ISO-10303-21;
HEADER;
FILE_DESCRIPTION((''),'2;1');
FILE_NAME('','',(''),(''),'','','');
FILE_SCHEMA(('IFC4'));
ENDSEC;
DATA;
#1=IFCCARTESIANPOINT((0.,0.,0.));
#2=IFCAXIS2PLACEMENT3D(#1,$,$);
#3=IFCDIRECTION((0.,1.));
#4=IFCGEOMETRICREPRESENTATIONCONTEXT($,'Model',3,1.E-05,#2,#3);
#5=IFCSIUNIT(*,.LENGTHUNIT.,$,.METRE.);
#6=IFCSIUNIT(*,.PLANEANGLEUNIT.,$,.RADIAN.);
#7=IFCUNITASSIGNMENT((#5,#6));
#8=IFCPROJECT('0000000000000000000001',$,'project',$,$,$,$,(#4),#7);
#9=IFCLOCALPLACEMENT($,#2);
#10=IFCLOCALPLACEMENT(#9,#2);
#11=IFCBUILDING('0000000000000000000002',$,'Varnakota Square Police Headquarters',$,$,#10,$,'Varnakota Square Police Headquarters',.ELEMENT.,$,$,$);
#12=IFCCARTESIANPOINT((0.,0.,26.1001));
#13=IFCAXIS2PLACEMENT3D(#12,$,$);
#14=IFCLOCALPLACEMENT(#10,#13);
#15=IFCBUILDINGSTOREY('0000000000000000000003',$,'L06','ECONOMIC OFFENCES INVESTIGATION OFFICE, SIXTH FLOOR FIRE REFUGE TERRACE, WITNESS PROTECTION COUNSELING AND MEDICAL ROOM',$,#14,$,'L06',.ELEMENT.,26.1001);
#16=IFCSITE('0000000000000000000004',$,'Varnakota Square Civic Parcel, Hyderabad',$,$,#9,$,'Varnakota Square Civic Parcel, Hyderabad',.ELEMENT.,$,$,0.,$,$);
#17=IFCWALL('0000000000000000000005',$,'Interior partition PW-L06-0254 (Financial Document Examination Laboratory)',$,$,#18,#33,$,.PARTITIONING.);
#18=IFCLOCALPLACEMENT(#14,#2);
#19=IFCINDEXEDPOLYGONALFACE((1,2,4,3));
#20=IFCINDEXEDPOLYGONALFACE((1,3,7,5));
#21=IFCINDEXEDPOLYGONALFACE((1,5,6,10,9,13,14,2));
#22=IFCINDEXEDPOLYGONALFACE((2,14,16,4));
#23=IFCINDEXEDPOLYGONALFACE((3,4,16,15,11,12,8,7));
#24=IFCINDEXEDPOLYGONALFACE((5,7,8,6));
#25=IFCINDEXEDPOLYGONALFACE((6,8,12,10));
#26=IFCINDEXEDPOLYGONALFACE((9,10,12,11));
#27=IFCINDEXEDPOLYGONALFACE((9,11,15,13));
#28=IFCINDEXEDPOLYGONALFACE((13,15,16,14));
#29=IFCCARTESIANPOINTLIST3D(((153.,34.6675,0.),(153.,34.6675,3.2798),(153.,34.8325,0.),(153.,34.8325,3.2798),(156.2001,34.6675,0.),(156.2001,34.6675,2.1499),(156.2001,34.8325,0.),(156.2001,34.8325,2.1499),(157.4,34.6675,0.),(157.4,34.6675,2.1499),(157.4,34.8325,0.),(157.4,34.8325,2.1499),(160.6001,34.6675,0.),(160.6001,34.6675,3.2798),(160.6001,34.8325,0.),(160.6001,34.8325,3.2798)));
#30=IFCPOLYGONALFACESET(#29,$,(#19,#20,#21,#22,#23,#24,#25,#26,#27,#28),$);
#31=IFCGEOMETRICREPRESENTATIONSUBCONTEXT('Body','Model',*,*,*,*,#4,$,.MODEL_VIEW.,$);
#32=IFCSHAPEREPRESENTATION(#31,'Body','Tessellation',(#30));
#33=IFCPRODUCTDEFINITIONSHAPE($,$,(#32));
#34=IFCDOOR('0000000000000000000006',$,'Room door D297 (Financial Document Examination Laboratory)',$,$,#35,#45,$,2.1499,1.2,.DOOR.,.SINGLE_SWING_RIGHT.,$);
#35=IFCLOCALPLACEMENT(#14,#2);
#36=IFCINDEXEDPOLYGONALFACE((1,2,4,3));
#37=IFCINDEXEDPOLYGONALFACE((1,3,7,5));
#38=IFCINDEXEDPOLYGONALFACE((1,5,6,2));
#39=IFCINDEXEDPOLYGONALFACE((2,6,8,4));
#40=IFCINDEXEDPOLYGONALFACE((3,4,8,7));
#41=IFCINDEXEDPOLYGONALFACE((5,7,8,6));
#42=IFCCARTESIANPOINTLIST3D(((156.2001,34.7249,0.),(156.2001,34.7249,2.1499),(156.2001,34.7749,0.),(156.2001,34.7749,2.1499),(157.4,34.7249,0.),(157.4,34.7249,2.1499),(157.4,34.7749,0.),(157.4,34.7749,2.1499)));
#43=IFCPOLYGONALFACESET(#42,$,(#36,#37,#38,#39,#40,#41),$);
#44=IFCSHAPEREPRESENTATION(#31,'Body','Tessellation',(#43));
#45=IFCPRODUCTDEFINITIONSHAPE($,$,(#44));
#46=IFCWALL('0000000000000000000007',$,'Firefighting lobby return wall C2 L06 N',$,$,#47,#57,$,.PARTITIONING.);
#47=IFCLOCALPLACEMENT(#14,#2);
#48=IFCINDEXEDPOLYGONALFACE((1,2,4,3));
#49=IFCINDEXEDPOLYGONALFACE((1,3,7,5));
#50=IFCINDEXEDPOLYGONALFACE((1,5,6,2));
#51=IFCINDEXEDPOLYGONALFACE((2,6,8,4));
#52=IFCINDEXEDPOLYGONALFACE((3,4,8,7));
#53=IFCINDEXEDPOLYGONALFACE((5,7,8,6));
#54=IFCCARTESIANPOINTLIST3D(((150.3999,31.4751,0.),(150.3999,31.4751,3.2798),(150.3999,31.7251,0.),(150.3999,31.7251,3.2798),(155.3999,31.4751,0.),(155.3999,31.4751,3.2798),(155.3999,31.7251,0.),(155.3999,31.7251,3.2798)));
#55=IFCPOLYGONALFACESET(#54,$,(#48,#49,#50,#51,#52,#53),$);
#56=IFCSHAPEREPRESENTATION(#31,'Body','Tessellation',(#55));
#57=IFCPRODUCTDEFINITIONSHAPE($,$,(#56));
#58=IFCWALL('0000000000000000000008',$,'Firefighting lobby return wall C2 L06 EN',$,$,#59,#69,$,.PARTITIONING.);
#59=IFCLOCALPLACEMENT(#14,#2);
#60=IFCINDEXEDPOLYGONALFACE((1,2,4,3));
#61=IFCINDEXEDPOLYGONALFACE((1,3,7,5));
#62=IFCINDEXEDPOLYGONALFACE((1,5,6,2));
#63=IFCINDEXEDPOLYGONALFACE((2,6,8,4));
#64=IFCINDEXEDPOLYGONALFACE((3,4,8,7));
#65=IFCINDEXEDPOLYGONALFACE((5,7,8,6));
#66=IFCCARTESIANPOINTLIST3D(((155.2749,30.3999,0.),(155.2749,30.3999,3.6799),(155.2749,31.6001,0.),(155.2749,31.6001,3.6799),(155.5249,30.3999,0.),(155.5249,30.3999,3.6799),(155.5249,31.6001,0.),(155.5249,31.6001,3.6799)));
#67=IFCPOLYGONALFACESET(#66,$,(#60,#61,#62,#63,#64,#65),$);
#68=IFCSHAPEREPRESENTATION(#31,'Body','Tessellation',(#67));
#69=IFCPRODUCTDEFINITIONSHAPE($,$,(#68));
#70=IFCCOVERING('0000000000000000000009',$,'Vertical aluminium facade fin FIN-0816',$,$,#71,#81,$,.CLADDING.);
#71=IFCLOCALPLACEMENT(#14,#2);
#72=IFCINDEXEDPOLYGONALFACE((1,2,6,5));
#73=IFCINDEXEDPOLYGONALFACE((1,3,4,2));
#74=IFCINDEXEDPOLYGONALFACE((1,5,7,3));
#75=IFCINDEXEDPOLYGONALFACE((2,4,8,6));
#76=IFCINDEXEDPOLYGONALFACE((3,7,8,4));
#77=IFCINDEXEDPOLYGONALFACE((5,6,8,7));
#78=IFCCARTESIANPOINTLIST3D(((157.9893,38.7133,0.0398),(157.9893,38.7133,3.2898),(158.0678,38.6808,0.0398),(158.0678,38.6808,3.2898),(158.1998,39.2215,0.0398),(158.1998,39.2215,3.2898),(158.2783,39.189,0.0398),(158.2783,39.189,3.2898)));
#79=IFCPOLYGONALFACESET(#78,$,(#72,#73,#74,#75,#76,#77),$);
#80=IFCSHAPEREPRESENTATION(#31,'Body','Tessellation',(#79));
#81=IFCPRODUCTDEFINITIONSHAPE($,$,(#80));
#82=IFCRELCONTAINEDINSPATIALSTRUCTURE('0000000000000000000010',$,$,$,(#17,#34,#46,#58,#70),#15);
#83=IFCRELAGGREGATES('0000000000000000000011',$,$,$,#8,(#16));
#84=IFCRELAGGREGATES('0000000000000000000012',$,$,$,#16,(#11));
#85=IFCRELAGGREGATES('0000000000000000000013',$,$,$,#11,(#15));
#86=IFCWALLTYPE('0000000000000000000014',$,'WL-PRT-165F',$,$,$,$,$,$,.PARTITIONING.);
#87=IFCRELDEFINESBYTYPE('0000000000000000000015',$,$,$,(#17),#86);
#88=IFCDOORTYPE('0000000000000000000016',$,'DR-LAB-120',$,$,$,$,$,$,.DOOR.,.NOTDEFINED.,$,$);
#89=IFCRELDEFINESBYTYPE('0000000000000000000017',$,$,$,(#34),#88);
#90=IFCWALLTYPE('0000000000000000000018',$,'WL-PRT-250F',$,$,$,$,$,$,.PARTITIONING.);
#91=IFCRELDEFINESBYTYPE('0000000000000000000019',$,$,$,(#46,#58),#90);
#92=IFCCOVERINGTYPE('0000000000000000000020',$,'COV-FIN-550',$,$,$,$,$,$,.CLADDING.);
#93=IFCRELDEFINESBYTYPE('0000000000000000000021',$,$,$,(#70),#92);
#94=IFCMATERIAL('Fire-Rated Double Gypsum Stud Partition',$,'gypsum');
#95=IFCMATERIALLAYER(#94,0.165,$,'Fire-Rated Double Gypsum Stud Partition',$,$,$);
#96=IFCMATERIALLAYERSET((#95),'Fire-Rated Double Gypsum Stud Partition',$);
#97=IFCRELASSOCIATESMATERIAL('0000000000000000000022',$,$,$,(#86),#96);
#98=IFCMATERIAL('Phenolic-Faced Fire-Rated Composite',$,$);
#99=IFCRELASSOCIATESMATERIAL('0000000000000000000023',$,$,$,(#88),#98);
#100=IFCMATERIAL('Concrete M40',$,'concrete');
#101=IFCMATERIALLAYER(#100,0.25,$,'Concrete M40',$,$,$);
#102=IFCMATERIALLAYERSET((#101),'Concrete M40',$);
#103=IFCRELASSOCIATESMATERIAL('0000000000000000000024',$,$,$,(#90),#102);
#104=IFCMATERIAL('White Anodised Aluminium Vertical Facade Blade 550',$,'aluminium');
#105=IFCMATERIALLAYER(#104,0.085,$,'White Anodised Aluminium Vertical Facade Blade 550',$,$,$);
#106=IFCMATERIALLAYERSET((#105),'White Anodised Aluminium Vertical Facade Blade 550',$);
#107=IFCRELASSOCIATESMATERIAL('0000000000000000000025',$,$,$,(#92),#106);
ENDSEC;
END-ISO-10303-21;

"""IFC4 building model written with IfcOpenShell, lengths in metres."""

from ifc_helpers import new_model, si_unit, direction, frame, frame_2d, origin, origin_2d, place, context, subcontext, project, spatial, rectangle, extrude, material, layer, layer_set, type_object, element, fill, save


model = new_model("IFC4")

# Units and contexts
model_context = context("Model", 3, precision=1e-05, world=origin(), true_north=direction((0.0, 1.0)))
body_context = subcontext(model_context, "Body", "Model", "MODEL_VIEW")
ifc_project = project(units=[si_unit("LENGTHUNIT", "METRE"), si_unit("PLANEANGLEUNIT", "RADIAN")], contexts=[model_context])

# Site, building, storey
site_placement = place(None, origin())
site = spatial("IfcSite", under=ifc_project, at=site_placement, Name="Varnakota Square Civic Parcel, Hyderabad", LongName="Varnakota Square Civic Parcel, Hyderabad", CompositionType="ELEMENT", RefElevation=0.0)
building_placement = place(site_placement, origin())
building = spatial("IfcBuilding", under=site, at=building_placement, Name="Varnakota Square Police Headquarters", LongName="Varnakota Square Police Headquarters", CompositionType="ELEMENT")
storey_placement = place(building_placement, frame((0.0, 0.0, 26.1001)))
storey = spatial("IfcBuildingStorey", under=building, at=storey_placement, Name="L06", Description="ECONOMIC OFFENCES INVESTIGATION OFFICE, SIXTH FLOOR FIRE REFUGE TERRACE, WITNESS PROTECTION COUNSELING AND MEDICAL ROOM", LongName="L06", CompositionType="ELEMENT", Elevation=26.1001)

# Shared definitions
ifc_material_1 = material(Name="Concrete M40", Category="concrete")

# Wall, opening, door
ifc_material_2 = material(Name="Fire-Rated Double Gypsum Stud Partition", Category="gypsum")
ifc_layer_1 = layer(ifc_material_2, 0.165, Name="Fire-Rated Double Gypsum Stud Partition")
ifc_layer_set_1 = layer_set([ifc_layer_1], Name="Fire-Rated Double Gypsum Stud Partition")
wall_type_1 = type_object("IfcWallType", Name="WL-PRT-165F", PredefinedType="PARTITIONING", material=ifc_layer_set_1)
wall_1_placement = place(storey_placement, frame((153.0, 34.75, 0.0), z_axis=(0.0, 0.0, 1.0), x_axis=(1.0, 0.0, 0.0)))
wall_1 = element("IfcWall", 1, at=wall_1_placement, inside=storey, type_object=wall_type_1, Name="Interior partition PW-L06-0254 (Financial Document Examination Laboratory)", PredefinedType="PARTITIONING", context=body_context, shape_type="SweptSolid", body=[
    extrude(rectangle(XDim=7.6001, YDim=0.165, at=frame_2d((3.8, 0.0))), origin(), (0.0, 0.0, 1.0), 3.2798),
])
opening_1_placement = place(wall_1_placement, frame((3.2, 0.0, 0.0)))
opening_1 = element("IfcOpeningElement", 2, at=opening_1_placement, cuts=wall_1, PredefinedType="OPENING", context=body_context, shape_type="SweptSolid", body=[
    extrude(rectangle(XDim=1.2, YDim=2.1499, at=frame_2d((0.6001, 1.075))), frame((0.0, 0.0925, 0.0), z_axis=(0.0, -1.0, 0.0), x_axis=(1.0, 0.0, 0.0)), (0.0, 0.0, 1.0), 0.1851),
])
ifc_material_3 = material(Name="Phenolic-Faced Fire-Rated Composite")
door_type_1 = type_object("IfcDoorType", Name="DR-LAB-120", OperationType="NOTDEFINED", PredefinedType="DOOR", material=ifc_material_3)
door_1_placement = place(opening_1_placement, origin())
door_1 = element("IfcDoor", 3, at=door_1_placement, inside=storey, type_object=door_type_1, Name="Room door D297 (Financial Document Examination Laboratory)", OperationType="SINGLE_SWING_RIGHT", OverallHeight=2.1499, OverallWidth=1.2, PredefinedType="DOOR", context=body_context, shape_type="SweptSolid", body=[
    extrude(rectangle(XDim=1.2, YDim=2.1499, at=frame_2d((0.6001, 1.075))), frame((0.0, 0.0249, 0.0), z_axis=(0.0, -1.0, 0.0), x_axis=(1.0, 0.0, 0.0)), (0.0, 0.0, 1.0), 0.05),
])
fill(opening_1, door_1)

# Walls
ifc_layer_2 = layer(ifc_material_1, 0.25, Name="Concrete M40")
ifc_layer_set_2 = layer_set([ifc_layer_2], Name="Concrete M40")
wall_type_2 = type_object("IfcWallType", Name="WL-PRT-250F", PredefinedType="PARTITIONING", material=ifc_layer_set_2)
wall_2_placement = place(storey_placement, frame((150.3999, 31.6001, 0.0), z_axis=(0.0, 0.0, 1.0), x_axis=(1.0, 0.0, 0.0)))
element("IfcWall", 4, at=wall_2_placement, inside=storey, type_object=wall_type_2, Name="Firefighting lobby return wall C2 L06 N", PredefinedType="PARTITIONING", context=body_context, shape_type="SweptSolid", body=[
    extrude(rectangle(XDim=5.0, YDim=0.25, at=frame_2d((2.5, 0.0))), origin(), (0.0, 0.0, 1.0), 3.2798),
])
wall_3_placement = place(storey_placement, frame((155.3999, 30.3999, 0.0), z_axis=(0.0, 0.0, 1.0), x_axis=(0.0, 1.0, 0.0)))
element("IfcWall", 5, at=wall_3_placement, inside=storey, type_object=wall_type_2, Name="Firefighting lobby return wall C2 L06 EN", PredefinedType="PARTITIONING", context=body_context, shape_type="SweptSolid", body=[
    extrude(rectangle(XDim=1.2002, YDim=0.25, at=frame_2d((0.6001, 0.0))), origin(), (0.0, 0.0, 1.0), 3.6799),
])

# Covering
ifc_material_4 = material(Name="White Anodised Aluminium Vertical Facade Blade 550", Category="aluminium")
ifc_layer_3 = layer(ifc_material_4, 0.085, Name="White Anodised Aluminium Vertical Facade Blade 550")
ifc_layer_set_3 = layer_set([ifc_layer_3], Name="White Anodised Aluminium Vertical Facade Blade 550")
covering_type = type_object("IfcCoveringType", Name="COV-FIN-550", PredefinedType="CLADDING", material=ifc_layer_set_3)
covering_placement = place(storey_placement, frame((158.1338, 38.9512, 0.0398), z_axis=(0.0, 0.0, 1.0), x_axis=(-0.92388, 0.382683, 0.0)))
element("IfcCovering", 6, at=covering_placement, inside=storey, type_object=covering_type, Name="Vertical aluminium facade fin FIN-0816", PredefinedType="CLADDING", context=body_context, shape_type="SweptSolid", body=[
    extrude(rectangle(XDim=0.085, YDim=0.55, at=origin_2d()), origin(), (0.0, 0.0, 1.0), 3.25),
])

save(model, "model.ifc")
